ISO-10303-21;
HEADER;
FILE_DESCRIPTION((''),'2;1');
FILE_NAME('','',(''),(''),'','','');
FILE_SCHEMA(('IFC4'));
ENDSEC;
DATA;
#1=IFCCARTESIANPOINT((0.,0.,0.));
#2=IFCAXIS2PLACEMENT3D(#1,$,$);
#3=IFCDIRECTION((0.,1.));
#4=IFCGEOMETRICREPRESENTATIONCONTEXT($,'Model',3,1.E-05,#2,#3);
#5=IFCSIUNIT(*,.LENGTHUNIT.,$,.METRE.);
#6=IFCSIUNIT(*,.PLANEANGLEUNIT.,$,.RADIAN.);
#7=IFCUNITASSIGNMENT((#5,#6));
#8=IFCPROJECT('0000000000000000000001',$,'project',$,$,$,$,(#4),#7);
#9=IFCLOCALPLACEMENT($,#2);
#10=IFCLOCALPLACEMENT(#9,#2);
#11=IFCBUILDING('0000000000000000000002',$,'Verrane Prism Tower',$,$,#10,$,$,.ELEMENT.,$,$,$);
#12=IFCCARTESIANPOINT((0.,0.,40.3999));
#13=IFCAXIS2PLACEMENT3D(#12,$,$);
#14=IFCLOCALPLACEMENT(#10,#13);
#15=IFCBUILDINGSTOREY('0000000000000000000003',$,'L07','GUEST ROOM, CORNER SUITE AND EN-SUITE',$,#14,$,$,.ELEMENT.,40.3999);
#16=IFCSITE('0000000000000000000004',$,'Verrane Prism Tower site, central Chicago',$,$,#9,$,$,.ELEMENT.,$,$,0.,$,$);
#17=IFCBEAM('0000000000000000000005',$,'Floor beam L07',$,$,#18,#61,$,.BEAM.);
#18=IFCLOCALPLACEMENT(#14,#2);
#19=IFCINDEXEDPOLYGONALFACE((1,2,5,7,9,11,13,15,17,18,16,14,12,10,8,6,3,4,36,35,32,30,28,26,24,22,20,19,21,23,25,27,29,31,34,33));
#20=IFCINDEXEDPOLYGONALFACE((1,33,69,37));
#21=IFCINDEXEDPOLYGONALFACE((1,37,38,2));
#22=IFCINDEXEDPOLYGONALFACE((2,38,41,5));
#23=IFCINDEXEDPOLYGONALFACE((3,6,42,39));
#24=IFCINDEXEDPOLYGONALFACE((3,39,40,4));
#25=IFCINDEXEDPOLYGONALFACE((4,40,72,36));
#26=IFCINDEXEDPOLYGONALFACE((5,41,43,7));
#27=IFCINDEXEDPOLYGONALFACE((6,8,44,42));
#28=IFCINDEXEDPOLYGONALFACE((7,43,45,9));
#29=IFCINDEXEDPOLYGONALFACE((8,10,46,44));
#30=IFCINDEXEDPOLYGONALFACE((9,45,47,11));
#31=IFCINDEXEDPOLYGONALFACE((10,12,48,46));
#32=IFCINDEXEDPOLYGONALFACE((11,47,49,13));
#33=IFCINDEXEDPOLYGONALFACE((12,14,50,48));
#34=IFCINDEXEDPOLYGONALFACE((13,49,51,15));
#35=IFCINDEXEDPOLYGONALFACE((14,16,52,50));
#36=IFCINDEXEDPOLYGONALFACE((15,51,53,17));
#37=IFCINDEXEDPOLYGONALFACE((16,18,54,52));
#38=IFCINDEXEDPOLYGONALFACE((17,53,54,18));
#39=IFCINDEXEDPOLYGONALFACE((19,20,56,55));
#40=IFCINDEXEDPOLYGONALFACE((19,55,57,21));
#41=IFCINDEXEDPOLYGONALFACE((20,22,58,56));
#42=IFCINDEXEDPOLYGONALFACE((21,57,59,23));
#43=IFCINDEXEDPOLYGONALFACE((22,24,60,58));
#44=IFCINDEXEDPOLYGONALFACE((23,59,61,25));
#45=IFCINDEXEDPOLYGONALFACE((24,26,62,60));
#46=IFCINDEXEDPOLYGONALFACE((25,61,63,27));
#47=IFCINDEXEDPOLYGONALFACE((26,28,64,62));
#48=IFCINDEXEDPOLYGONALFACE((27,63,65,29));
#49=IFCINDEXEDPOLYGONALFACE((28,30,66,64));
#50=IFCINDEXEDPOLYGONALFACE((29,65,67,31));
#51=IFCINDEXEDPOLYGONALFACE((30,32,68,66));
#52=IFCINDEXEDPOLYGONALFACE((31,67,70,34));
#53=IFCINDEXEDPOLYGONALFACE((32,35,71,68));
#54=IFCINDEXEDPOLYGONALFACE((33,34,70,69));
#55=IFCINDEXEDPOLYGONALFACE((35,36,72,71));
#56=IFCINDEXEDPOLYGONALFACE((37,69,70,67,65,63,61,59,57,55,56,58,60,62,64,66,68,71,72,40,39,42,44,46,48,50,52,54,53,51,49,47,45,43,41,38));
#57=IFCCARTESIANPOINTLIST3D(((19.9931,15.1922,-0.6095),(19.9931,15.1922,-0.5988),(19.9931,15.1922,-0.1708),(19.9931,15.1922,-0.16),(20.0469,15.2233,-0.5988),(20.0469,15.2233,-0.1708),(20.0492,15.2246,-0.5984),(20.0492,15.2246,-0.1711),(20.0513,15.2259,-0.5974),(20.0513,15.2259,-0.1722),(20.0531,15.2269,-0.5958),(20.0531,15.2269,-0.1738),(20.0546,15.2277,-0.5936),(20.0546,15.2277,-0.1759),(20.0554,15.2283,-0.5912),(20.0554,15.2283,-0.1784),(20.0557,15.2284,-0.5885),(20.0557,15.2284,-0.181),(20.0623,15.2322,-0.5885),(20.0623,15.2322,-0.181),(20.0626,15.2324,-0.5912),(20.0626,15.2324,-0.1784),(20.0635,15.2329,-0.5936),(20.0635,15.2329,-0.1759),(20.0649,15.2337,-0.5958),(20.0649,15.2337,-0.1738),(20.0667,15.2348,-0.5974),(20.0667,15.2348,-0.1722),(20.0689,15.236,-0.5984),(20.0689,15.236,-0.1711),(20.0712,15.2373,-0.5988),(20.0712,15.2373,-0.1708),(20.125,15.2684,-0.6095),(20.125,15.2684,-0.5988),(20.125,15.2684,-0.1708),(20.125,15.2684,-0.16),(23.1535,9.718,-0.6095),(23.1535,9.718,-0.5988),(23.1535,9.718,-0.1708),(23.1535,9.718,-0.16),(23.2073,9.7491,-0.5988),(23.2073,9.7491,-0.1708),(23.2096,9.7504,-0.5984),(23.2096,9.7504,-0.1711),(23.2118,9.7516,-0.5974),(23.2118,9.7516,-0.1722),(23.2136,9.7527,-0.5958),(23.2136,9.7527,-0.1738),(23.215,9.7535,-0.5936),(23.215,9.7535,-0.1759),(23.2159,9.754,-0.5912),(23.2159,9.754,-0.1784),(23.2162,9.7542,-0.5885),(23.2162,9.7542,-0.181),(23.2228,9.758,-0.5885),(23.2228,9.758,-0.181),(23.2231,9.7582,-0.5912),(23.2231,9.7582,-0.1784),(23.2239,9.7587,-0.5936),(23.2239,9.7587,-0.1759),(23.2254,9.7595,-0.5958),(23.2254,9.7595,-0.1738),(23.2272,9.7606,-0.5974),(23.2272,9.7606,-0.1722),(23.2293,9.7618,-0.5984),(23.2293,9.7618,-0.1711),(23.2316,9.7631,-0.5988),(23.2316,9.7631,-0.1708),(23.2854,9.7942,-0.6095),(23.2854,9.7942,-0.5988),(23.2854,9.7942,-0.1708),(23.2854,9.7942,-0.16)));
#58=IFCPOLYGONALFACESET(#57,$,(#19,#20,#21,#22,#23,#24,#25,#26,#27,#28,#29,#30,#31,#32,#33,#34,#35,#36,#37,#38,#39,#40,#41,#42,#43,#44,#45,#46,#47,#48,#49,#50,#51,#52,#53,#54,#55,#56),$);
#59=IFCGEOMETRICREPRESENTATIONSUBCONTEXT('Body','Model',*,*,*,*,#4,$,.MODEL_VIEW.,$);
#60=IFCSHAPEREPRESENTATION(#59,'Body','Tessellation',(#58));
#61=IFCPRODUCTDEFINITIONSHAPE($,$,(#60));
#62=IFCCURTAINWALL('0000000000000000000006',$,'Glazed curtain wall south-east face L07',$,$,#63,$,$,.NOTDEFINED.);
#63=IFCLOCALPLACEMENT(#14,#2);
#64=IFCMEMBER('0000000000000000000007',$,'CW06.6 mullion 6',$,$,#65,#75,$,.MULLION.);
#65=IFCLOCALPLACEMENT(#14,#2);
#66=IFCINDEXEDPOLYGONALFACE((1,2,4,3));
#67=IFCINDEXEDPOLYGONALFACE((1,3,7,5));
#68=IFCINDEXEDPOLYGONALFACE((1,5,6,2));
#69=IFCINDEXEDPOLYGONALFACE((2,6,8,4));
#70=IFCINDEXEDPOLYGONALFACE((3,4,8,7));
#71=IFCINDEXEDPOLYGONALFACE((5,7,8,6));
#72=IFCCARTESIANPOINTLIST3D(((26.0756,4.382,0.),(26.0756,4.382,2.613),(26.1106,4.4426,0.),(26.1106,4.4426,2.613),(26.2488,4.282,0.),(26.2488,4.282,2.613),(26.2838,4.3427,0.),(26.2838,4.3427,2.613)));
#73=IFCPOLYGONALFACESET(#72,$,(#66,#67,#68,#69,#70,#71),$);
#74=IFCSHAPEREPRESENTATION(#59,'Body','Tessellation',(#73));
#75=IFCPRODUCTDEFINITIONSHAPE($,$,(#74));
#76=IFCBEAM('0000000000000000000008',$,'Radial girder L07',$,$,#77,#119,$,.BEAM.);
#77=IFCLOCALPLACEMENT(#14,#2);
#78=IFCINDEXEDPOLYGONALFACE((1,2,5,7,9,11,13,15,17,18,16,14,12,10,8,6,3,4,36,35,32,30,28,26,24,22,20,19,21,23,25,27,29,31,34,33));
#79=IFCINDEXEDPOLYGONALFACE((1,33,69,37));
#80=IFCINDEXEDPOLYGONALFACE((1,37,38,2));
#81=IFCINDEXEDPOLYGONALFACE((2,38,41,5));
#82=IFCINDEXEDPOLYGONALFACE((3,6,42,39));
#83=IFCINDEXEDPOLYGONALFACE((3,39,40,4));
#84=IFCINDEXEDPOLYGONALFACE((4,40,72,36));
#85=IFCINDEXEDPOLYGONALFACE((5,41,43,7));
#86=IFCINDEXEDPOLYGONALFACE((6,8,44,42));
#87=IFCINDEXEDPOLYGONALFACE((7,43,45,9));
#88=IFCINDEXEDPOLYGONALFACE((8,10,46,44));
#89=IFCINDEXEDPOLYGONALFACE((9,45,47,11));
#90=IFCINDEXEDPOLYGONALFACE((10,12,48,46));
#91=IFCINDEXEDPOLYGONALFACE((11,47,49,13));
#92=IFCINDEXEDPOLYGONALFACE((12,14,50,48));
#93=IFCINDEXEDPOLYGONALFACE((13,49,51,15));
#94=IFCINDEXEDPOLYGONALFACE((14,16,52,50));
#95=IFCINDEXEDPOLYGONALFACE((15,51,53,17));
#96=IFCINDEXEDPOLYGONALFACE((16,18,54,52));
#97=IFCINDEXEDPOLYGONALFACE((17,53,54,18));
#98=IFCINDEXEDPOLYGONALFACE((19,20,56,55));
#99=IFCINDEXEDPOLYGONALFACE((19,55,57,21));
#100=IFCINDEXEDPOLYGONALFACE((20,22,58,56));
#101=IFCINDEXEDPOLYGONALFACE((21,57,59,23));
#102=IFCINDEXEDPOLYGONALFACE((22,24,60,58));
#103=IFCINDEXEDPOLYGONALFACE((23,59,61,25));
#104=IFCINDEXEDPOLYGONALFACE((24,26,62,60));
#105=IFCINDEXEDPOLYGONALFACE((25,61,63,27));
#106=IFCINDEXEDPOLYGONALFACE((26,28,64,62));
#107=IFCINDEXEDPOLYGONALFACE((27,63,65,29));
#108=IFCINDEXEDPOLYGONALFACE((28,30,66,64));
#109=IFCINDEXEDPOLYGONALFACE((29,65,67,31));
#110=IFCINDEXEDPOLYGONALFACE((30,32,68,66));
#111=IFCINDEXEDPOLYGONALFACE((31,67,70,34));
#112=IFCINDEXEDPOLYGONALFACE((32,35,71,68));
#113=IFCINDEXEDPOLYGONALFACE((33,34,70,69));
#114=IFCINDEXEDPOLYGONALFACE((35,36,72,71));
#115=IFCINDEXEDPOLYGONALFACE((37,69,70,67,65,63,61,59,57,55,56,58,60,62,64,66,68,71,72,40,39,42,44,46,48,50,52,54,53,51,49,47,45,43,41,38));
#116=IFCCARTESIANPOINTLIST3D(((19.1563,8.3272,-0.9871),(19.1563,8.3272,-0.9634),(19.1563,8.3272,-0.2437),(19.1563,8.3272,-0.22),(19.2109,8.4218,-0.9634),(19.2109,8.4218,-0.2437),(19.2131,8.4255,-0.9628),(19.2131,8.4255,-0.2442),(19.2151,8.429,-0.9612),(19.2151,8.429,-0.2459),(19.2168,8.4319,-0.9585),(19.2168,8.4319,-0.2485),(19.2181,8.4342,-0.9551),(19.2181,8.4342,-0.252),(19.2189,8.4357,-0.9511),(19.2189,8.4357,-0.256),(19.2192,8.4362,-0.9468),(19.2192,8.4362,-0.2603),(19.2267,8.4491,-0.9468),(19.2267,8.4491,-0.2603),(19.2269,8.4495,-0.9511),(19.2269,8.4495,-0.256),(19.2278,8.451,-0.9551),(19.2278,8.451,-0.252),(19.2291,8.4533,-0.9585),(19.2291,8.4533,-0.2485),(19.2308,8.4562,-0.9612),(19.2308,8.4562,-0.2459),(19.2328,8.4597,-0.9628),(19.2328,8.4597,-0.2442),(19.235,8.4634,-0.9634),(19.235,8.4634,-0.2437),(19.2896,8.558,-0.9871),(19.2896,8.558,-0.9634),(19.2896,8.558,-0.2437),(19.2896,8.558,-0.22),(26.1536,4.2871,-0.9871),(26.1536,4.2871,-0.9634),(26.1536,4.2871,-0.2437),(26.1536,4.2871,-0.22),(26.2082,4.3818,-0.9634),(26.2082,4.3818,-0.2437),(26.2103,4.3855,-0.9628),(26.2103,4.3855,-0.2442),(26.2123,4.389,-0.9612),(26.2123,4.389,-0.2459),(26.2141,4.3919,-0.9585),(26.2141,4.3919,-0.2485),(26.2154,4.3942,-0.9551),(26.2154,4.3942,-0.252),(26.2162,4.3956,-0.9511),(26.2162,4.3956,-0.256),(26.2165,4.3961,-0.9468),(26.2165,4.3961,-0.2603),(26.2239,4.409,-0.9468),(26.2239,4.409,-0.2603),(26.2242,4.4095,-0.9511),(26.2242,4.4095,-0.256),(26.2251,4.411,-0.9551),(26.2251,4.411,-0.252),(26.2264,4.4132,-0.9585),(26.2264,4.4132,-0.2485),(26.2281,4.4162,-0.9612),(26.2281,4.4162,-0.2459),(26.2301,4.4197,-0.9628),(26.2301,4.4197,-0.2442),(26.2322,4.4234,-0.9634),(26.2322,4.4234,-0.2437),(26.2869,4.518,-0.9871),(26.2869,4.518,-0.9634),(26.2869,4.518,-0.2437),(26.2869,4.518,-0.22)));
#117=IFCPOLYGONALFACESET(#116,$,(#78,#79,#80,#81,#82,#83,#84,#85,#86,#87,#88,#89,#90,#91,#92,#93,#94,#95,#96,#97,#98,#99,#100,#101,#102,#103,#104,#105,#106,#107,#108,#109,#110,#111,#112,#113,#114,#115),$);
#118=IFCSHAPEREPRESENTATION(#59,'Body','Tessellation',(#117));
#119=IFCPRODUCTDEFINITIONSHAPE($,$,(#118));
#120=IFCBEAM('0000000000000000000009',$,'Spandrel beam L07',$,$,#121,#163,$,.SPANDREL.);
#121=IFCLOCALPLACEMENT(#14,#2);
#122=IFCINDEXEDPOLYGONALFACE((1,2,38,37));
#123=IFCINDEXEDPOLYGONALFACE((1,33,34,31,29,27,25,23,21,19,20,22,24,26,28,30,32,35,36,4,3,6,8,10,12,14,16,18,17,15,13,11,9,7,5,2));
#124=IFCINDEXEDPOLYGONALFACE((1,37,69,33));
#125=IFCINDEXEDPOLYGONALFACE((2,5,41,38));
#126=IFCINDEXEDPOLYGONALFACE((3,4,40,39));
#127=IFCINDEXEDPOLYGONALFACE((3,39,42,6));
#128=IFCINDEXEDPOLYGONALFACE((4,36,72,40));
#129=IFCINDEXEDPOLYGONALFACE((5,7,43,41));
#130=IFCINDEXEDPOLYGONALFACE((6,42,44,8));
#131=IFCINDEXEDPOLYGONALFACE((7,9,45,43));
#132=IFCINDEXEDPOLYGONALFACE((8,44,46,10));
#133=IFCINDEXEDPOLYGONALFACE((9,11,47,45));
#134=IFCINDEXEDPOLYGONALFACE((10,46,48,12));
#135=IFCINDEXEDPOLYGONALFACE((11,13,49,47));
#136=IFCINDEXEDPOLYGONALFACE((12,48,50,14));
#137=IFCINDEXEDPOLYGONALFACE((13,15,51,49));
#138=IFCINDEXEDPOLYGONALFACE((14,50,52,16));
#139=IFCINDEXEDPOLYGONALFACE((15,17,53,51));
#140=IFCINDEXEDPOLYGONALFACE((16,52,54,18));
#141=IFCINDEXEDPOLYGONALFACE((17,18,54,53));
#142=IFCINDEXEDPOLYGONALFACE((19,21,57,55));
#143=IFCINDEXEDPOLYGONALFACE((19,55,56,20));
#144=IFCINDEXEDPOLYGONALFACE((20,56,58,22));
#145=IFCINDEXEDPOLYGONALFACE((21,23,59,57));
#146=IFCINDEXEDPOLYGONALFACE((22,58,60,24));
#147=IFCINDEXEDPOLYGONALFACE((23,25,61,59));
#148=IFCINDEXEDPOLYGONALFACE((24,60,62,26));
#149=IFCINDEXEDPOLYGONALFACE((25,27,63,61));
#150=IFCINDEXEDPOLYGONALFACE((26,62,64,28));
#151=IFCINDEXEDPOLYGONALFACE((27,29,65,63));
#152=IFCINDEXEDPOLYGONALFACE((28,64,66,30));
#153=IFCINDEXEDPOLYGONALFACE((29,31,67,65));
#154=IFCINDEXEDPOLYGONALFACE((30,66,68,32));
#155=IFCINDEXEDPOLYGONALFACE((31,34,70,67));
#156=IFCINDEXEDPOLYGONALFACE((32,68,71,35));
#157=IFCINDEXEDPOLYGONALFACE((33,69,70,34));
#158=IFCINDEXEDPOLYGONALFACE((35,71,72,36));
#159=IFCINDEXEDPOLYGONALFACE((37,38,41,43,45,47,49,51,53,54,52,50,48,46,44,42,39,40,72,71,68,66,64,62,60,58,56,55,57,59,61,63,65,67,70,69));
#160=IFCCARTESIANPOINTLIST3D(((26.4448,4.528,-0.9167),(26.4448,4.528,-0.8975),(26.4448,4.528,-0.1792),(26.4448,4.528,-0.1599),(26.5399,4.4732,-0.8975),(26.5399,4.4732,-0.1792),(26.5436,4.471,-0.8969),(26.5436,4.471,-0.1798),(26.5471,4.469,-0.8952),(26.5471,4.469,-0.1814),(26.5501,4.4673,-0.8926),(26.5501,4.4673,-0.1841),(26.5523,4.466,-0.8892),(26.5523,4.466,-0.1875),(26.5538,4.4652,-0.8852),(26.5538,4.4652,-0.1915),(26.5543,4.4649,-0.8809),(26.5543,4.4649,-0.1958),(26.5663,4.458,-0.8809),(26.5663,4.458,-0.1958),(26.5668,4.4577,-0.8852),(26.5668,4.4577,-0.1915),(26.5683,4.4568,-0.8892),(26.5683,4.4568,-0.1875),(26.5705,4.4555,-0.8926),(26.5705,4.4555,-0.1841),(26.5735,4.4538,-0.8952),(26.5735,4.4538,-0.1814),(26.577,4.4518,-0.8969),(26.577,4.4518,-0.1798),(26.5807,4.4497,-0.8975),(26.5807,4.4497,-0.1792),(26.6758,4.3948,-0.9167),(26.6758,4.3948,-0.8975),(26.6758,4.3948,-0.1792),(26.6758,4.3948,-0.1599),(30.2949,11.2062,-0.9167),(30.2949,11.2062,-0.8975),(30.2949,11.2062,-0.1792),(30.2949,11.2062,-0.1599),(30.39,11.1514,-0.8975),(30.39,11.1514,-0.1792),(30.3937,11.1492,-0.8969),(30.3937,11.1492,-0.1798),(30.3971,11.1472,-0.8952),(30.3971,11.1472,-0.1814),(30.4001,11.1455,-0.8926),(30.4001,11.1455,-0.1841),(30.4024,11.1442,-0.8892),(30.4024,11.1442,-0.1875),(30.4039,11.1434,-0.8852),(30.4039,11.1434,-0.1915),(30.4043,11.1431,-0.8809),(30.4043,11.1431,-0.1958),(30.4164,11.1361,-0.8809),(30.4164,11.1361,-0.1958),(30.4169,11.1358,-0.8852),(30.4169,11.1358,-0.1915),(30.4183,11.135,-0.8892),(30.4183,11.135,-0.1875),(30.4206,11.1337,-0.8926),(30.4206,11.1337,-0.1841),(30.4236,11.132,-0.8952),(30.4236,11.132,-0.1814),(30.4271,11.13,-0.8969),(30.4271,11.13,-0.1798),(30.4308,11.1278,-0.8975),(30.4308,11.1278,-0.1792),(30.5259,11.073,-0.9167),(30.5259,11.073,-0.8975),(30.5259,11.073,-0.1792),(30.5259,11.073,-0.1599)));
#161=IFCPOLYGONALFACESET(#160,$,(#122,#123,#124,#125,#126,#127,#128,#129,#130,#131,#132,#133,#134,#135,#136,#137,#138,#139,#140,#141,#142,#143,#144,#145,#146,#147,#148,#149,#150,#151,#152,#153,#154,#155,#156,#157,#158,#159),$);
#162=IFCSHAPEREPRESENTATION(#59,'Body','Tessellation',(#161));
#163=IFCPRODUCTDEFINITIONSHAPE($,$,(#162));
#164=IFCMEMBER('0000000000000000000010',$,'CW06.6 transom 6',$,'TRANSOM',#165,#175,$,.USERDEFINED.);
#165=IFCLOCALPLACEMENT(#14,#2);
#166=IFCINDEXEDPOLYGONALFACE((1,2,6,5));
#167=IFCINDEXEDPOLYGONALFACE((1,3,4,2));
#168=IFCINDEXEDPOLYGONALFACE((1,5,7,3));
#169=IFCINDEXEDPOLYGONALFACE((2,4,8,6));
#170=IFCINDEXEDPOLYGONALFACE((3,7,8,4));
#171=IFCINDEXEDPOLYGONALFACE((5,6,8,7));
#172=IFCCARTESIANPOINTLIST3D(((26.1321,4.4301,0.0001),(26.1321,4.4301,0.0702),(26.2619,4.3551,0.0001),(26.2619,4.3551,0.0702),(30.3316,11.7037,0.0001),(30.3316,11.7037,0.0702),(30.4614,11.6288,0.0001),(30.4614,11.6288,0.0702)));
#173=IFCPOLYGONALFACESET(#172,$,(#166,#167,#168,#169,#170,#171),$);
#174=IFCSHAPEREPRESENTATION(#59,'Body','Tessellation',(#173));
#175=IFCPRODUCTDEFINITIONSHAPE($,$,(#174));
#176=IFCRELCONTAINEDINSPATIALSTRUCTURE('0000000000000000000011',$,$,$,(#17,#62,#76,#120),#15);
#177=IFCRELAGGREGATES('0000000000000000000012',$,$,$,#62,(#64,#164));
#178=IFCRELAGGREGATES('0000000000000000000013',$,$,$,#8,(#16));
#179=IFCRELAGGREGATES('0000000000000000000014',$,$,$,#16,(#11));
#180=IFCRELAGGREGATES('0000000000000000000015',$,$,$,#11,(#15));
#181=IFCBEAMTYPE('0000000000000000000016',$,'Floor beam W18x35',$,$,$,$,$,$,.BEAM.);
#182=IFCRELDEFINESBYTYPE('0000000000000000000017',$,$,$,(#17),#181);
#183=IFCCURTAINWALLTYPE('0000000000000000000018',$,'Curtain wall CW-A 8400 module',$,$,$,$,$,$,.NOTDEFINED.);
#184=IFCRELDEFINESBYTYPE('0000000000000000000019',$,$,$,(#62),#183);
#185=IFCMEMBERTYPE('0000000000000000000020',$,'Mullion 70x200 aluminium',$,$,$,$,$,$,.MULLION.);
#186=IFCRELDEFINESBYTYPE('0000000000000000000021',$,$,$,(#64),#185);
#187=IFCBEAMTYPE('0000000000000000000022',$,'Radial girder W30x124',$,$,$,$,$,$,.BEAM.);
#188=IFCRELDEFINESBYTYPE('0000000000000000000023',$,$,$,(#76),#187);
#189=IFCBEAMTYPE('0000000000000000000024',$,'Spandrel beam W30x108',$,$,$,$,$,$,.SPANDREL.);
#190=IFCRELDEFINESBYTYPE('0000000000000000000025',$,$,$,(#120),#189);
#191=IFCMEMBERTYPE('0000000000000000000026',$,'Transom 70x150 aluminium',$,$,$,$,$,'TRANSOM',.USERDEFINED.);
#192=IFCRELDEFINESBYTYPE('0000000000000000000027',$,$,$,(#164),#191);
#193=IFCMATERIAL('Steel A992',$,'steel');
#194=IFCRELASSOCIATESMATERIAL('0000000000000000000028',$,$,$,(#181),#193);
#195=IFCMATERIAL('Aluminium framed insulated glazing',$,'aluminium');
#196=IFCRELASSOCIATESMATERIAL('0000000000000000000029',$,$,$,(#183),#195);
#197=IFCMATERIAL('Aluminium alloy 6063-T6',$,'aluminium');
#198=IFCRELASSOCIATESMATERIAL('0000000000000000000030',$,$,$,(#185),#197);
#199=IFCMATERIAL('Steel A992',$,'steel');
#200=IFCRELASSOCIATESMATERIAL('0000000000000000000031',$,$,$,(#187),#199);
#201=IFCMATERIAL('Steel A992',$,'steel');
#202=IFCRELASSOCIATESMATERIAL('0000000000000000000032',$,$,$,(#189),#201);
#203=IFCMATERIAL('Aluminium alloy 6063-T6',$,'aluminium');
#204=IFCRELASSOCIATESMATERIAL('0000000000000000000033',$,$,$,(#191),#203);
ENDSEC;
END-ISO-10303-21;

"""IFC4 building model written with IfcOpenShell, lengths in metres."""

from ifc_helpers import new_model, si_unit, direction, frame, origin, origin_2d, place, context, subcontext, project, spatial, rectangle, i_section, extrude, material, material_profile, profile_set, type_object, element, aggregate, save


model = new_model("IFC4")

# Units and contexts
model_context = context("Model", 3, precision=1e-05, world=origin(), true_north=direction((0.0, 1.0)))
body_context = subcontext(model_context, "Body", "Model", "MODEL_VIEW")
ifc_project = project(units=[si_unit("LENGTHUNIT", "METRE"), si_unit("PLANEANGLEUNIT", "RADIAN")], contexts=[model_context])

# Site, building, storey
site_placement = place(None, origin())
site = spatial("IfcSite", under=ifc_project, at=site_placement, Name="Verrane Prism Tower site, central Chicago", CompositionType="ELEMENT", RefElevation=0.0)
building_placement = place(site_placement, origin())
building = spatial("IfcBuilding", under=site, at=building_placement, Name="Verrane Prism Tower", CompositionType="ELEMENT")
storey_placement = place(building_placement, frame((0.0, 0.0, 40.3999)))
storey = spatial("IfcBuildingStorey", under=building, at=storey_placement, Name="L07", Description="GUEST ROOM, CORNER SUITE AND EN-SUITE", CompositionType="ELEMENT", Elevation=40.3999)

# Beam
ifc_material_1 = material(Name="Steel A992", Category="steel")
ifc_material_profile_1 = material_profile(ifc_material_1, i_section(OverallWidth=0.1523, OverallDepth=0.4495, WebThickness=0.0076, FlangeThickness=0.0107, FilletRadius=0.0103, at=origin_2d()), Name="W18x35")
ifc_profile_set_1 = profile_set([ifc_material_profile_1], Name="Steel A992")
beam_type_1 = type_object("IfcBeamType", Name="Floor beam W18x35", PredefinedType="BEAM", material=ifc_profile_set_1)
beam_1_placement = place(storey_placement, frame((23.2195, 9.7561, -0.3848), z_axis=(-0.49999, 0.866031, 0.0), x_axis=(-0.866031, -0.49999, 0.0)))
element("IfcBeam", 1, at=beam_1_placement, inside=storey, type_object=beam_type_1, Name="Floor beam L07", PredefinedType="BEAM", context=body_context, shape_type="SweptSolid", body=[
    extrude(i_section(OverallWidth=0.1523, OverallDepth=0.4495, WebThickness=0.0076, FlangeThickness=0.0107, FilletRadius=0.0103, at=origin_2d()), origin(), (0.0, 0.0, 1.0), 6.321),
])

# Curtain wall, member
ifc_material_2 = material(Name="Aluminium framed insulated glazing", Category="aluminium")
curtain_wall_type = type_object("IfcCurtainWallType", Name="Curtain wall CW-A 8400 module", PredefinedType="NOTDEFINED", material=ifc_material_2)
curtain_wall_placement = place(storey_placement, origin())
curtain_wall = element("IfcCurtainWall", 2, at=curtain_wall_placement, inside=storey, type_object=curtain_wall_type, Name="Glazed curtain wall south-east face L07", PredefinedType="NOTDEFINED")
ifc_material_3 = material(Name="Aluminium alloy 6063-T6", Category="aluminium")
ifc_material_profile_2 = material_profile(ifc_material_3, rectangle(XDim=0.2, YDim=0.0701, at=origin_2d()), Name="Mullion 70x200 aluminium")
ifc_profile_set_2 = profile_set([ifc_material_profile_2], Name="Aluminium alloy 6063-T6")
member_type_1 = type_object("IfcMemberType", Name="Mullion 70x200 aluminium", PredefinedType="MULLION", material=ifc_profile_set_2)
member_1_placement = place(storey_placement, frame((26.1797, 4.3623, 0.0), z_axis=(0.0, 0.0, 1.0), x_axis=(-0.866025, 0.5, 0.0)))
member_1 = element("IfcMember", 3, at=member_1_placement, type_object=member_type_1, Name="CW06.6 mullion 6", PredefinedType="MULLION", context=body_context, shape_type="SweptSolid", body=[
    extrude(rectangle(XDim=0.2, YDim=0.0701, at=origin_2d()), origin(), (0.0, 0.0, 1.0), 2.613),
])

# Beams
ifc_material_4 = material(Name="Steel A992", Category="steel")
ifc_material_profile_3 = material_profile(ifc_material_4, i_section(OverallWidth=0.2666, OverallDepth=0.7671, WebThickness=0.0149, FlangeThickness=0.0237, FilletRadius=0.0166, at=origin_2d()), Name="W30x124")
ifc_profile_set_3 = profile_set([ifc_material_profile_3], Name="Steel A992")
beam_type_2 = type_object("IfcBeamType", Name="Radial girder W30x124", PredefinedType="BEAM", material=ifc_profile_set_3)
beam_2_placement = place(storey_placement, frame((26.2202, 4.4026, -0.6035), z_axis=(-0.866018, 0.500013, 0.0), x_axis=(-0.500013, -0.866018, 0.0)))
element("IfcBeam", 4, at=beam_2_placement, inside=storey, type_object=beam_type_2, Name="Radial girder L07", PredefinedType="BEAM", context=body_context, shape_type="SweptSolid", body=[
    extrude(i_section(OverallWidth=0.2666, OverallDepth=0.7671, WebThickness=0.0149, FlangeThickness=0.0237, FilletRadius=0.0166, at=origin_2d()), origin(), (0.0, 0.0, 1.0), 8.0798),
])
ifc_material_5 = material(Name="Steel A992", Category="steel")
ifc_material_profile_4 = material_profile(ifc_material_5, i_section(OverallWidth=0.2666, OverallDepth=0.7568, WebThickness=0.0139, FlangeThickness=0.0193, FilletRadius=0.0166, at=origin_2d()), Name="W30x108")
ifc_profile_set_4 = profile_set([ifc_material_profile_4], Name="Steel A992")
beam_type_3 = type_object("IfcBeamType", Name="Spandrel beam W30x108", PredefinedType="SPANDREL", material=ifc_profile_set_4)
beam_3_placement = place(storey_placement, frame((26.5603, 4.4614, -0.5383), z_axis=(0.499457, 0.866338, 0.0), x_axis=(-0.866338, 0.499457, 0.0)))
element("IfcBeam", 5, at=beam_3_placement, inside=storey, type_object=beam_type_3, Name="Spandrel beam L07", PredefinedType="SPANDREL", context=body_context, shape_type="SweptSolid", body=[
    extrude(i_section(OverallWidth=0.2666, OverallDepth=0.7568, WebThickness=0.0139, FlangeThickness=0.0193, FilletRadius=0.0166, at=origin_2d()), origin(), (0.0, 0.0, 1.0), 7.7085),
])

# Member
ifc_material_6 = material(Name="Aluminium alloy 6063-T6", Category="aluminium")
ifc_material_profile_5 = material_profile(ifc_material_6, rectangle(XDim=0.1499, YDim=0.0701, at=origin_2d()), Name="Transom 70x150 aluminium")
ifc_profile_set_5 = profile_set([ifc_material_profile_5], Name="Aluminium alloy 6063-T6")
member_type_2 = type_object("IfcMemberType", Name="Transom 70x150 aluminium", ElementType="TRANSOM", PredefinedType="USERDEFINED", material=ifc_profile_set_5)
member_2_placement = place(storey_placement, frame((26.197, 4.3926, 0.0352), z_axis=(0.5, 0.866025, 0.0), x_axis=(-0.866025, 0.5, 0.0)))
member_2 = element("IfcMember", 6, at=member_2_placement, type_object=member_type_2, Name="CW06.6 transom 6", ObjectType="TRANSOM", PredefinedType="USERDEFINED", context=body_context, shape_type="SweptSolid", body=[
    extrude(rectangle(XDim=0.1499, YDim=0.0701, at=origin_2d()), origin(), (0.0, 0.0, 1.0), 8.3989),
])

aggregate(curtain_wall, [member_1, member_2])

save(model, "model.ifc")
